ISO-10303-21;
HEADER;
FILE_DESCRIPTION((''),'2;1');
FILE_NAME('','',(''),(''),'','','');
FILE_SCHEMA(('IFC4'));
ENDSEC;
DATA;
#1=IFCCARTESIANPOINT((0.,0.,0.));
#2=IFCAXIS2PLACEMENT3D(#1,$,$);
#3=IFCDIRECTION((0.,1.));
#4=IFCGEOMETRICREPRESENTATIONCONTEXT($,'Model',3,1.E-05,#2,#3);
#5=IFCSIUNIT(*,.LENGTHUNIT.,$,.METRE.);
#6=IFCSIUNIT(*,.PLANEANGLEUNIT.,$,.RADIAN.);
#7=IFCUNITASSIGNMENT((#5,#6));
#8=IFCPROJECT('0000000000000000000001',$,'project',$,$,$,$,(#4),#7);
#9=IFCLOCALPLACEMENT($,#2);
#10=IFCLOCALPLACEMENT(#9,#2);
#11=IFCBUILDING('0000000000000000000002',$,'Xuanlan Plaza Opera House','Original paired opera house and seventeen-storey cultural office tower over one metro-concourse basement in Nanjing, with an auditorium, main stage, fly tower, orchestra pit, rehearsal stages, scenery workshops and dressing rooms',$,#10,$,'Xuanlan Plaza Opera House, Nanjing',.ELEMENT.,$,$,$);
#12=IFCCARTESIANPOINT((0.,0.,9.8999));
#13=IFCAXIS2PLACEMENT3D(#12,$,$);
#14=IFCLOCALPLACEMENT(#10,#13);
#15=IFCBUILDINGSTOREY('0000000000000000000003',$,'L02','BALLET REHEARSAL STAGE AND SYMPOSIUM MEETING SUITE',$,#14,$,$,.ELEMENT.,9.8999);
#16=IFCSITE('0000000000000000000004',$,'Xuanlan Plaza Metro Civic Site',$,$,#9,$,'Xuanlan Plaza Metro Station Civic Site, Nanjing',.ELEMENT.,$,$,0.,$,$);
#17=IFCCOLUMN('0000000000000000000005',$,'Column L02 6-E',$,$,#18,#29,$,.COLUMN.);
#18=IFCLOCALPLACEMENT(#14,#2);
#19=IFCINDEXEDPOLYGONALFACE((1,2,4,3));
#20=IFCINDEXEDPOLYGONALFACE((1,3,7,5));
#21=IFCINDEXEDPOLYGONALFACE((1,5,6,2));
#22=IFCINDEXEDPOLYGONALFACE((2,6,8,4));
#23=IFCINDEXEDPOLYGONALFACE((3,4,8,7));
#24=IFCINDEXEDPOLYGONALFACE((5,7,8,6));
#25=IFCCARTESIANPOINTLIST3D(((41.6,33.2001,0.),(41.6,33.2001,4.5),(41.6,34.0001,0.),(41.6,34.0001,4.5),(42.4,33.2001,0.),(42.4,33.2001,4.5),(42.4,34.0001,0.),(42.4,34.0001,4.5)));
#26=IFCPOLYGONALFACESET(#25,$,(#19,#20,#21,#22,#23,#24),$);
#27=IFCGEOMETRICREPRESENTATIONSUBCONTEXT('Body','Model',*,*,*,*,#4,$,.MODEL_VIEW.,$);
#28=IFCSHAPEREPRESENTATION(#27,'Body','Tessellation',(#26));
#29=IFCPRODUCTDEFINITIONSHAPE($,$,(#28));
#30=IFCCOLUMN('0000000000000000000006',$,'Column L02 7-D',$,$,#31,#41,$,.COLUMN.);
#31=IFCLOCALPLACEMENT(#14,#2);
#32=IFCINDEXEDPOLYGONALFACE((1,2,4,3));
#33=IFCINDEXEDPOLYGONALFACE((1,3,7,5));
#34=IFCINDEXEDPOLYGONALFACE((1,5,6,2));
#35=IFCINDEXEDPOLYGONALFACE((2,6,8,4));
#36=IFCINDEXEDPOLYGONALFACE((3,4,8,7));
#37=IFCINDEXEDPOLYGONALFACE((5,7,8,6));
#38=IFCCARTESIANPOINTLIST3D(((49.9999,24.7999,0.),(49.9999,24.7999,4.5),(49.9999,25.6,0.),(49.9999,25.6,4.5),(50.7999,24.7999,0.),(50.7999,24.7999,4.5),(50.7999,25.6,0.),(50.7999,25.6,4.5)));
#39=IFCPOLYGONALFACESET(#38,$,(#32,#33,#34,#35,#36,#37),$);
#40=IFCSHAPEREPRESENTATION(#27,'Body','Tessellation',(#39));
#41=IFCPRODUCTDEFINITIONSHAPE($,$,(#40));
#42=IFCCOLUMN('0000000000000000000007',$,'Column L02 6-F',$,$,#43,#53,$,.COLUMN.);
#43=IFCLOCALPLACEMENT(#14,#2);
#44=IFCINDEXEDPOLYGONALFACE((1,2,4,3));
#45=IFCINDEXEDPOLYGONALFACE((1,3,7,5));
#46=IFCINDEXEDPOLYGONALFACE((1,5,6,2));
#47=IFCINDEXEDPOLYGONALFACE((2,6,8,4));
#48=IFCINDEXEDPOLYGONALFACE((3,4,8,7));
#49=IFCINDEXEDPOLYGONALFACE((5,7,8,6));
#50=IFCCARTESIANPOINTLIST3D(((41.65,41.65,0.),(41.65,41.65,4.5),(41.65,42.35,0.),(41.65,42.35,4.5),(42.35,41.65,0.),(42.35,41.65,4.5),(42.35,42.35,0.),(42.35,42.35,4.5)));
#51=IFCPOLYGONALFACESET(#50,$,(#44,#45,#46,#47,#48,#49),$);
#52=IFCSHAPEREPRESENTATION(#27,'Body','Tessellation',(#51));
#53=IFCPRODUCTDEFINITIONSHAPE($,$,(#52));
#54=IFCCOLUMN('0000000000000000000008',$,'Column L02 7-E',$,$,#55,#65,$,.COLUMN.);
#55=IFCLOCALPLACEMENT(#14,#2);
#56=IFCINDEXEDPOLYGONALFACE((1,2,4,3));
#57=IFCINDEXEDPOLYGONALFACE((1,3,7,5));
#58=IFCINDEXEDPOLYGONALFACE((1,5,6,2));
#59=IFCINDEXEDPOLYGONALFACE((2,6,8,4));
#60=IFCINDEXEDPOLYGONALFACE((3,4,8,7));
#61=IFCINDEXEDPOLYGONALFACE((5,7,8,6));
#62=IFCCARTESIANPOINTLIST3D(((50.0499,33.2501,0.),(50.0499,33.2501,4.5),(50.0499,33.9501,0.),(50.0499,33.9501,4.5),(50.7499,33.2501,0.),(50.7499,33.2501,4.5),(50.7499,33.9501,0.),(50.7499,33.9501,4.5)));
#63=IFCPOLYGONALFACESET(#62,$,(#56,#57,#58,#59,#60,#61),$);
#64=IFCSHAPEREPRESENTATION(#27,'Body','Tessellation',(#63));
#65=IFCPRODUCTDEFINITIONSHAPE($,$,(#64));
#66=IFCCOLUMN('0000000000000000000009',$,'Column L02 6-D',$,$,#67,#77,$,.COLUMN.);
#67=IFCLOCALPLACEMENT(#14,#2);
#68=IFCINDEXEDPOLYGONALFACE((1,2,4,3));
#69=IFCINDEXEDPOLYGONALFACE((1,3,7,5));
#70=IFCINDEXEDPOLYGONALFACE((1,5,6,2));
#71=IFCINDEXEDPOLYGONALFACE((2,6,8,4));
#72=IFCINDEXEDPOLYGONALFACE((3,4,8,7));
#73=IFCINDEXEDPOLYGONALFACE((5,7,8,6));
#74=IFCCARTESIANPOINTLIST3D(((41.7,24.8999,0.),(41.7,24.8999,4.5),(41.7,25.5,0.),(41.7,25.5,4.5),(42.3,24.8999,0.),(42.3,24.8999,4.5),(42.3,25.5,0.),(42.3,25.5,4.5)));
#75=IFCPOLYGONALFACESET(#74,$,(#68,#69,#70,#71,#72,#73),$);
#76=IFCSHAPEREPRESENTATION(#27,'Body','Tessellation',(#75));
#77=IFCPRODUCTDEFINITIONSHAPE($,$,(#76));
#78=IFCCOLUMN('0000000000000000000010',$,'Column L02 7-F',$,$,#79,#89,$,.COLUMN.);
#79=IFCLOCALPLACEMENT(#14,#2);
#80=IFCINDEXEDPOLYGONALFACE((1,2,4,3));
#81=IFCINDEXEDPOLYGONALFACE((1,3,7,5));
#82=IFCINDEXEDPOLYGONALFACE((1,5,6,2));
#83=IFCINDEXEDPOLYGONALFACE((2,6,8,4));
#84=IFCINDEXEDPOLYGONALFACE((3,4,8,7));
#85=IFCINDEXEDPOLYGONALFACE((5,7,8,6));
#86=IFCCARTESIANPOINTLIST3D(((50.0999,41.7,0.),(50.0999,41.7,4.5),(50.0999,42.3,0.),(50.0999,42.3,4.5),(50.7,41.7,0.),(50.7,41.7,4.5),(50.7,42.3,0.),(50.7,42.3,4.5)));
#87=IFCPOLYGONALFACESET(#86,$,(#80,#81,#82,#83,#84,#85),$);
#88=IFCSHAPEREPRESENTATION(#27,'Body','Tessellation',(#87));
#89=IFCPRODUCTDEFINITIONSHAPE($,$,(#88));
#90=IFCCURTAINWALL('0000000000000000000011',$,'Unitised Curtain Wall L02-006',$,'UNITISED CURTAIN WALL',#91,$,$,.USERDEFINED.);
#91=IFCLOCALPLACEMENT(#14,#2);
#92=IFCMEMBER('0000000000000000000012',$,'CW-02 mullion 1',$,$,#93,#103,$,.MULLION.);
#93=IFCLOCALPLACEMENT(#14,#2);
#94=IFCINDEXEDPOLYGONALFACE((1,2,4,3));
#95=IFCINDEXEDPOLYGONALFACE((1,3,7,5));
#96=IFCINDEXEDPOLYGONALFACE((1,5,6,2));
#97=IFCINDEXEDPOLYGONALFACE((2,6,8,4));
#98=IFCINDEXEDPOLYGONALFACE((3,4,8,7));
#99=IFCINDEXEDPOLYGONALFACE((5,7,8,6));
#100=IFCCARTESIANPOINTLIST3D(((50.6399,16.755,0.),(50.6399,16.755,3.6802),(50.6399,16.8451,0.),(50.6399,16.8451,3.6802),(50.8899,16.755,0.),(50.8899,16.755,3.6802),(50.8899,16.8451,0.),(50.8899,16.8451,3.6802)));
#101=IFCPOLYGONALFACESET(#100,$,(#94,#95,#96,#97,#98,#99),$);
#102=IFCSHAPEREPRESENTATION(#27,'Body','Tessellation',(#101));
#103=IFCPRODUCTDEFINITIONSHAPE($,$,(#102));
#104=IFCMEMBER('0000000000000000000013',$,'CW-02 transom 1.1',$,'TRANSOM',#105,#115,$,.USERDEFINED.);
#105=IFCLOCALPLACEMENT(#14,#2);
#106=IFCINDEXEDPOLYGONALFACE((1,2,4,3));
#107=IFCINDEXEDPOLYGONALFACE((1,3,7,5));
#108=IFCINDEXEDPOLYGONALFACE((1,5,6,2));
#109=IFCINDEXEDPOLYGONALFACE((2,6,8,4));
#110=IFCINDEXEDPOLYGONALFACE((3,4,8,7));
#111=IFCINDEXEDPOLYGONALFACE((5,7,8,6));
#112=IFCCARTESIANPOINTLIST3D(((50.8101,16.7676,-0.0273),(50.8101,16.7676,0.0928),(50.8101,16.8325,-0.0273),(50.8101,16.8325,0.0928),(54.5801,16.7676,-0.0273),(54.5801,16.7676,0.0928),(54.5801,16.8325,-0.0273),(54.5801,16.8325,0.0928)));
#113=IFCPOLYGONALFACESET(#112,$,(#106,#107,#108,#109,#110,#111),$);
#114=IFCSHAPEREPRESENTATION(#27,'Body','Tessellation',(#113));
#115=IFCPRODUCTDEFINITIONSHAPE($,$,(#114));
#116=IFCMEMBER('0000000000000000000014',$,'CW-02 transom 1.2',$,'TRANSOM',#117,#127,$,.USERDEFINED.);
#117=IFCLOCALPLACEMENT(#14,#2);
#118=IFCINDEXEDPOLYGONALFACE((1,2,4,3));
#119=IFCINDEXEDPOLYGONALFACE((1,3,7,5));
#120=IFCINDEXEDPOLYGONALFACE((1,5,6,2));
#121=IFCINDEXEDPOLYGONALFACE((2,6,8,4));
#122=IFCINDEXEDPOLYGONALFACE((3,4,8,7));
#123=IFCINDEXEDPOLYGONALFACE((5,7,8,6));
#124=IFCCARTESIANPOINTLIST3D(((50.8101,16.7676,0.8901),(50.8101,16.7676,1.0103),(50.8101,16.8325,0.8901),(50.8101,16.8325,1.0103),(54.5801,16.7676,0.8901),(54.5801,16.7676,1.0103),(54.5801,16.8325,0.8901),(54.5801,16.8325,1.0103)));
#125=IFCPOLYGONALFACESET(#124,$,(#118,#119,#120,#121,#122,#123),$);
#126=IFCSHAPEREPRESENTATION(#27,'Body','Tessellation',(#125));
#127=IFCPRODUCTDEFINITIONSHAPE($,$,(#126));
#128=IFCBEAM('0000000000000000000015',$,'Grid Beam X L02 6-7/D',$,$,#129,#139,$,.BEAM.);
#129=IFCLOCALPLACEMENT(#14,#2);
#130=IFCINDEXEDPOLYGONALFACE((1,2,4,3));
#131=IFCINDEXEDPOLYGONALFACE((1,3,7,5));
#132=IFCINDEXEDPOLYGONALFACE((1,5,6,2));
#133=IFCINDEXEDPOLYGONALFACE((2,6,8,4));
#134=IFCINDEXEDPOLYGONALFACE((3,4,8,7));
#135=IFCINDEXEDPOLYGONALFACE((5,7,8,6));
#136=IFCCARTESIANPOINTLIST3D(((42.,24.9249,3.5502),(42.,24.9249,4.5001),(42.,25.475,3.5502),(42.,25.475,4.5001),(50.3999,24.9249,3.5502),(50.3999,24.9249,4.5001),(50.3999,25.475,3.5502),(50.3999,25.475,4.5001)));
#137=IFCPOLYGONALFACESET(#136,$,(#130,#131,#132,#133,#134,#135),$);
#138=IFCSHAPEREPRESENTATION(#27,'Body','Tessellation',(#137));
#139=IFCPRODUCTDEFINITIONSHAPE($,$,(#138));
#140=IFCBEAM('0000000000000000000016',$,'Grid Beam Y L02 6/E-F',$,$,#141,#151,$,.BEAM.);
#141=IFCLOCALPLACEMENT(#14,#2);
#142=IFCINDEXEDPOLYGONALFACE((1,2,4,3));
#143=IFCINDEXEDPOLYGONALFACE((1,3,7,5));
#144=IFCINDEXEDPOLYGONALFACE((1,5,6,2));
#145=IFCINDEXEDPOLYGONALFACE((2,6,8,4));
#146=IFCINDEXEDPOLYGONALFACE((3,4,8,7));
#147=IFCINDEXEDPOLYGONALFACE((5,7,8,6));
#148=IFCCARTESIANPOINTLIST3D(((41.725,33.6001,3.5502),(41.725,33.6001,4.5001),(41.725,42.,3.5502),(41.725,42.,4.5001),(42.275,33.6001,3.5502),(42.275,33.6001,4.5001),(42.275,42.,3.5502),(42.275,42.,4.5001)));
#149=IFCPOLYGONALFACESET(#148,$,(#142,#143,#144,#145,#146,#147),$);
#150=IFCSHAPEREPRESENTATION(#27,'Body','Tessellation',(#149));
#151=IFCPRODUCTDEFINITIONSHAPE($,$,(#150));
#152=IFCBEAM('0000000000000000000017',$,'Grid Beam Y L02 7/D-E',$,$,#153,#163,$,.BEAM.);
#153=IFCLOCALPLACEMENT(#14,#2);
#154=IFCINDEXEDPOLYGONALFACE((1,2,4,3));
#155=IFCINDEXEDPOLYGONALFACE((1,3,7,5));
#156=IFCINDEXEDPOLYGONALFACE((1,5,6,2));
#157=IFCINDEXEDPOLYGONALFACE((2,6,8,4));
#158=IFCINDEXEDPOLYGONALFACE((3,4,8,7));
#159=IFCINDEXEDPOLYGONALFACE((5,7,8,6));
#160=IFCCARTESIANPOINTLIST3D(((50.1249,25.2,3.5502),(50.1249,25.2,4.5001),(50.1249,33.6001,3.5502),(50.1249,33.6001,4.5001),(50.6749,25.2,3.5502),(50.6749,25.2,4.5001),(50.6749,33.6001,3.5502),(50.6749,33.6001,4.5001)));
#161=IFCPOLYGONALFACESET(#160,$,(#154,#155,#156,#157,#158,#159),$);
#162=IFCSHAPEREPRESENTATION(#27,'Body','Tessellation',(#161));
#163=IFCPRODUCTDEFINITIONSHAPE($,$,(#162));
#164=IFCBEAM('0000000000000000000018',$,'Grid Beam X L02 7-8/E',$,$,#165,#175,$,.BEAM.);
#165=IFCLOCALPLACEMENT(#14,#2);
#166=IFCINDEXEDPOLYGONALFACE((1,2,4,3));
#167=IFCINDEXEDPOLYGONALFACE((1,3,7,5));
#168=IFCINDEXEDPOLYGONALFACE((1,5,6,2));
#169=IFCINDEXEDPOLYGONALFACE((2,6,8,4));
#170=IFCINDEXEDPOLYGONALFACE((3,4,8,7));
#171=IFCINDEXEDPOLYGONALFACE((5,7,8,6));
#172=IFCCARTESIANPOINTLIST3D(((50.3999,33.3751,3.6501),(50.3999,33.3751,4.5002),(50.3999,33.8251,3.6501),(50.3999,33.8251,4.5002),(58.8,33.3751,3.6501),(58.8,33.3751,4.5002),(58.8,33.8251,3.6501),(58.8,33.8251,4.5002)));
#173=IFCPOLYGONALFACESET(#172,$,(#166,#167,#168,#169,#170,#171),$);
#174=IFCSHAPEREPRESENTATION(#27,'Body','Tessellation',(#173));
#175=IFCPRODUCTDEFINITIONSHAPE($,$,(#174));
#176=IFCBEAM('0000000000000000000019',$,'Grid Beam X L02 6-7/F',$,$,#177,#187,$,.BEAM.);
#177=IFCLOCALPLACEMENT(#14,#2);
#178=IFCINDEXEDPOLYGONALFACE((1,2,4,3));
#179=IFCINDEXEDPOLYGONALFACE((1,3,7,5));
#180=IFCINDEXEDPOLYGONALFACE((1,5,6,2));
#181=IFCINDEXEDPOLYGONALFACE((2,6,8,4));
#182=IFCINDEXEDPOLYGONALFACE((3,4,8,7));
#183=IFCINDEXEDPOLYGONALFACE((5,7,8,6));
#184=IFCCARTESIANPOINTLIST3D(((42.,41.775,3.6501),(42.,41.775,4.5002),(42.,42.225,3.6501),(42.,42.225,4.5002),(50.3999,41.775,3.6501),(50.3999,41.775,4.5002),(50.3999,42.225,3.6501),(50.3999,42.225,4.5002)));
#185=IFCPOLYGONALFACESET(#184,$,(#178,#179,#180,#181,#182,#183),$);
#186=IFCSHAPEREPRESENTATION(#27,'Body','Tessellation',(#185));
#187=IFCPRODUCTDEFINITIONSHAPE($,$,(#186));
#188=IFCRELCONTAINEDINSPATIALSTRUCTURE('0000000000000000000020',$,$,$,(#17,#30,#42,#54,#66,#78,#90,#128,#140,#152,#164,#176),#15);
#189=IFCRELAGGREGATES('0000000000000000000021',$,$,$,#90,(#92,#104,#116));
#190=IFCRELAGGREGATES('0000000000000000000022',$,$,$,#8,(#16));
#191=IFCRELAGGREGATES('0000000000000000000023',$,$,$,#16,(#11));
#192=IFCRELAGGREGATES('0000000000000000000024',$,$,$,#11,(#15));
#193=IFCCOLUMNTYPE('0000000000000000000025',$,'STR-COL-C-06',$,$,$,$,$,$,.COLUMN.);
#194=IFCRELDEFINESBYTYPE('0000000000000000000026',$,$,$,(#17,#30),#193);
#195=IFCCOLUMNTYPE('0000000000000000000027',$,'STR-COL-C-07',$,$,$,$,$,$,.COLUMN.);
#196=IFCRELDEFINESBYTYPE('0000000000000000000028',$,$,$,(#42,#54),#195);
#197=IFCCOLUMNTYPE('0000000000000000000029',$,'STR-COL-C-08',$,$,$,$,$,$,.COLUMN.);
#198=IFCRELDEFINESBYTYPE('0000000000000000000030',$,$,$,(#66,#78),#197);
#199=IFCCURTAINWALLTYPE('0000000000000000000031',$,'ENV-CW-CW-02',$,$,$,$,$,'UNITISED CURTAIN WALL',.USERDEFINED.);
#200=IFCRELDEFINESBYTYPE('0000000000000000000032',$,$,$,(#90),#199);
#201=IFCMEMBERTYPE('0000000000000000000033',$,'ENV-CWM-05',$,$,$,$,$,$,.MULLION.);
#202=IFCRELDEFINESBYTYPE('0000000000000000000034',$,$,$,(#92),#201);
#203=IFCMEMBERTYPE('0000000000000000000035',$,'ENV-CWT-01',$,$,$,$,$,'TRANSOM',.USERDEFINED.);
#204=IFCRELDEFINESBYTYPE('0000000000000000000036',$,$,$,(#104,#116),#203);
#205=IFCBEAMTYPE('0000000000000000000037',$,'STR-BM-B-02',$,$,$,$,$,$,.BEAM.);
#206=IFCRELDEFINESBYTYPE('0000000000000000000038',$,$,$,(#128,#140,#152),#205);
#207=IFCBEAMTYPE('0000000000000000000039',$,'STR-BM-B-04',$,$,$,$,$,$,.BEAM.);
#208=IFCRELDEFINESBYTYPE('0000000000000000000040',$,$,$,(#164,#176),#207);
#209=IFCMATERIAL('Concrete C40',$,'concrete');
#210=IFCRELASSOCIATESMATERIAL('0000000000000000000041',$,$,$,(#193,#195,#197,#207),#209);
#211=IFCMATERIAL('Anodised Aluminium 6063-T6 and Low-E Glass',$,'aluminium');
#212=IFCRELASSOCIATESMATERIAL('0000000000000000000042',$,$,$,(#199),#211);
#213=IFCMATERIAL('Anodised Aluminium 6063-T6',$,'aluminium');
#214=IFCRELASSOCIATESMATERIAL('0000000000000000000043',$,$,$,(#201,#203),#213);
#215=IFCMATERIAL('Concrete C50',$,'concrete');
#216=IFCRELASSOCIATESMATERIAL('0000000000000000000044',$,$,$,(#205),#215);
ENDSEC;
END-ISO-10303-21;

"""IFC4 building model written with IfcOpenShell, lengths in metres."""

from ifc_helpers import new_model, si_unit, direction, frame, origin, origin_2d, place, context, subcontext, project, spatial, rectangle, extrude, material, material_profile, profile_set, type_object, element, aggregate, save


model = new_model("IFC4")

# Units and contexts
model_context = context("Model", 3, precision=1e-05, world=origin(), true_north=direction((0.0, 1.0)))
body_context = subcontext(model_context, "Body", "Model", "MODEL_VIEW")
ifc_project = project(units=[si_unit("LENGTHUNIT", "METRE"), si_unit("PLANEANGLEUNIT", "RADIAN")], contexts=[model_context])

# Site, building, storey
site_placement = place(None, origin())
site = spatial("IfcSite", under=ifc_project, at=site_placement, Name="Xuanlan Plaza Metro Civic Site", LongName="Xuanlan Plaza Metro Station Civic Site, Nanjing", CompositionType="ELEMENT", RefElevation=0.0)
building_placement = place(site_placement, origin())
building = spatial("IfcBuilding", under=site, at=building_placement, Name="Xuanlan Plaza Opera House", Description="Original paired opera house and seventeen-storey cultural office tower over one metro-concourse basement in Nanjing, with an auditorium, main stage, fly tower, orchestra pit, rehearsal stages, scenery workshops and dressing rooms", LongName="Xuanlan Plaza Opera House, Nanjing", CompositionType="ELEMENT")
storey_placement = place(building_placement, frame((0.0, 0.0, 9.8999)))
storey = spatial("IfcBuildingStorey", under=building, at=storey_placement, Name="L02", Description="BALLET REHEARSAL STAGE AND SYMPOSIUM MEETING SUITE", CompositionType="ELEMENT", Elevation=9.8999)

# Columns
ifc_material_1 = material(Name="Concrete C40", Category="concrete")
ifc_material_profile_1 = material_profile(ifc_material_1, rectangle(XDim=0.8, YDim=0.8, at=origin_2d()), Name="RC-COL 800x800")
ifc_profile_set_1 = profile_set([ifc_material_profile_1], Name="Concrete C40")
column_type_1 = type_object("IfcColumnType", Name="STR-COL-C-06", PredefinedType="COLUMN", material=ifc_profile_set_1)
for number, where, z_axis, x_axis, name in (
    (1, (42.0, 33.6001, 0.0), (0.0, 0.0, 1.0), (1.0, 0.0, 0.0), "Column L02 6-E"),
    (2, (50.3999, 25.2, 0.0), (0.0, 0.0, 1.0), (1.0, 0.0, 0.0), "Column L02 7-D"),
):
    element("IfcColumn", number, at=place(storey_placement, frame(where, z_axis=z_axis, x_axis=x_axis)), inside=storey, type_object=column_type_1, Name=name, PredefinedType="COLUMN", context=body_context, shape_type="SweptSolid", body=[
        extrude(rectangle(XDim=0.8, YDim=0.8, at=origin_2d()), origin(), (0.0, 0.0, 1.0), 4.5),
    ])
ifc_material_profile_2 = material_profile(ifc_material_1, rectangle(XDim=0.7, YDim=0.7, at=origin_2d()), Name="RC-COL 700x700")
ifc_profile_set_2 = profile_set([ifc_material_profile_2], Name="Concrete C40")
column_type_2 = type_object("IfcColumnType", Name="STR-COL-C-07", PredefinedType="COLUMN", material=ifc_profile_set_2)
for number, where, z_axis, x_axis, name in (
    (3, (42.0, 42.0, 0.0), (0.0, 0.0, 1.0), (1.0, 0.0, 0.0), "Column L02 6-F"),
    (4, (50.3999, 33.6001, 0.0), (0.0, 0.0, 1.0), (1.0, 0.0, 0.0), "Column L02 7-E"),
):
    element("IfcColumn", number, at=place(storey_placement, frame(where, z_axis=z_axis, x_axis=x_axis)), inside=storey, type_object=column_type_2, Name=name, PredefinedType="COLUMN", context=body_context, shape_type="SweptSolid", body=[
        extrude(rectangle(XDim=0.7, YDim=0.7, at=origin_2d()), origin(), (0.0, 0.0, 1.0), 4.5),
    ])
ifc_material_profile_3 = material_profile(ifc_material_1, rectangle(XDim=0.6001, YDim=0.6001, at=origin_2d()), Name="RC-COL 600x600")
ifc_profile_set_3 = profile_set([ifc_material_profile_3], Name="Concrete C40")
column_type_3 = type_object("IfcColumnType", Name="STR-COL-C-08", PredefinedType="COLUMN", material=ifc_profile_set_3)
for number, where, z_axis, x_axis, name in (
    (5, (42.0, 25.2, 0.0), (0.0, 0.0, 1.0), (1.0, 0.0, 0.0), "Column L02 6-D"),
    (6, (50.3999, 42.0, 0.0), (0.0, 0.0, 1.0), (1.0, 0.0, 0.0), "Column L02 7-F"),
):
    element("IfcColumn", number, at=place(storey_placement, frame(where, z_axis=z_axis, x_axis=x_axis)), inside=storey, type_object=column_type_3, Name=name, PredefinedType="COLUMN", context=body_context, shape_type="SweptSolid", body=[
        extrude(rectangle(XDim=0.6001, YDim=0.6001, at=origin_2d()), origin(), (0.0, 0.0, 1.0), 4.5),
    ])

# Curtain wall, members
ifc_material_2 = material(Name="Anodised Aluminium 6063-T6 and Low-E Glass", Category="aluminium")
curtain_wall_type = type_object("IfcCurtainWallType", Name="ENV-CW-CW-02", ElementType="UNITISED CURTAIN WALL", PredefinedType="USERDEFINED", material=ifc_material_2)
curtain_wall_placement = place(storey_placement, origin())
curtain_wall = element("IfcCurtainWall", 7, at=curtain_wall_placement, inside=storey, type_object=curtain_wall_type, Name="Unitised Curtain Wall L02-006", ObjectType="UNITISED CURTAIN WALL", PredefinedType="USERDEFINED")
ifc_material_3 = material(Name="Anodised Aluminium 6063-T6", Category="aluminium")
ifc_material_profile_4 = material_profile(ifc_material_3, rectangle(XDim=0.0901, YDim=0.25, at=origin_2d()), Name="ALU-M 90x250")
ifc_profile_set_4 = profile_set([ifc_material_profile_4], Name="Anodised Aluminium 6063-T6")
member_type_1 = type_object("IfcMemberType", Name="ENV-CWM-05", PredefinedType="MULLION", material=ifc_profile_set_4)
member_1_placement = place(storey_placement, frame((50.7649, 16.8, 0.0), z_axis=(0.0, 0.0, 1.0), x_axis=(0.0, 1.0, 0.0)))
member_1 = element("IfcMember", 8, at=member_1_placement, type_object=member_type_1, Name="CW-02 mullion 1", PredefinedType="MULLION", context=body_context, shape_type="SweptSolid", body=[
    extrude(rectangle(XDim=0.0901, YDim=0.25, at=origin_2d()), origin(), (0.0, 0.0, 1.0), 3.6802),
])
ifc_material_profile_5 = material_profile(ifc_material_3, rectangle(XDim=0.0649, YDim=0.1201, at=origin_2d()), Name="ALU-T 65x120")
ifc_profile_set_5 = profile_set([ifc_material_profile_5], Name="Anodised Aluminium 6063-T6")
member_type_2 = type_object("IfcMemberType", Name="ENV-CWT-01", ElementType="TRANSOM", PredefinedType="USERDEFINED", material=ifc_profile_set_5)
member_2_placement = place(storey_placement, frame((50.8101, 16.8, 0.0327), z_axis=(1.0, 0.0, 0.0), x_axis=(0.0, 1.0, 0.0)))
member_2 = element("IfcMember", 9, at=member_2_placement, type_object=member_type_2, Name="CW-02 transom 1.1", ObjectType="TRANSOM", PredefinedType="USERDEFINED", context=body_context, shape_type="SweptSolid", body=[
    extrude(rectangle(XDim=0.0649, YDim=0.1201, at=origin_2d()), origin(), (0.0, 0.0, 1.0), 3.77),
])
member_3_placement = place(storey_placement, frame((50.8101, 16.8, 0.9502), z_axis=(1.0, 0.0, 0.0), x_axis=(0.0, 1.0, 0.0)))
member_3 = element("IfcMember", 10, at=member_3_placement, type_object=member_type_2, Name="CW-02 transom 1.2", ObjectType="TRANSOM", PredefinedType="USERDEFINED", context=body_context, shape_type="SweptSolid", body=[
    extrude(rectangle(XDim=0.0649, YDim=0.1201, at=origin_2d()), origin(), (0.0, 0.0, 1.0), 3.77),
])
aggregate(curtain_wall, [member_1, member_2, member_3])

# Beams
ifc_material_4 = material(Name="Concrete C50", Category="concrete")
ifc_material_profile_6 = material_profile(ifc_material_4, rectangle(XDim=0.55, YDim=0.95, at=origin_2d()), Name="RC-BM 550x950")
ifc_profile_set_6 = profile_set([ifc_material_profile_6], Name="Concrete C50")
beam_type_1 = type_object("IfcBeamType", Name="STR-BM-B-02", PredefinedType="BEAM", material=ifc_profile_set_6)
for number, where, z_axis, x_axis, name in (
    (11, (42.0, 25.2, 4.0251), (1.0, 0.0, 0.0), (0.0, 1.0, 0.0), "Grid Beam X L02 6-7/D"),
    (12, (42.0, 33.6001, 4.0251), (0.0, 1.0, 0.0), (-1.0, 0.0, 0.0), "Grid Beam Y L02 6/E-F"),
):
    element("IfcBeam", number, at=place(storey_placement, frame(where, z_axis=z_axis, x_axis=x_axis)), inside=storey, type_object=beam_type_1, Name=name, PredefinedType="BEAM", context=body_context, shape_type="SweptSolid", body=[
        extrude(rectangle(XDim=0.55, YDim=0.95, at=origin_2d()), origin(), (0.0, 0.0, 1.0), 8.3999),
    ])
beam_1_placement = place(storey_placement, frame((50.3999, 25.2, 4.0251), z_axis=(0.0, 1.0, 0.0), x_axis=(-1.0, 0.0, 0.0)))
element("IfcBeam", 13, at=beam_1_placement, inside=storey, type_object=beam_type_1, Name="Grid Beam Y L02 7/D-E", PredefinedType="BEAM", context=body_context, shape_type="SweptSolid", body=[
    extrude(rectangle(XDim=0.55, YDim=0.95, at=origin_2d()), origin(), (0.0, 0.0, 1.0), 8.4001),
])
ifc_material_profile_7 = material_profile(ifc_material_1, rectangle(XDim=0.45, YDim=0.8501, at=origin_2d()), Name="RC-BM 450x850")
ifc_profile_set_7 = profile_set([ifc_material_profile_7], Name="Concrete C40")
beam_type_2 = type_object("IfcBeamType", Name="STR-BM-B-04", PredefinedType="BEAM", material=ifc_profile_set_7)
beam_2_placement = place(storey_placement, frame((50.3999, 33.6001, 4.0752), z_axis=(1.0, 0.0, 0.0), x_axis=(0.0, 1.0, 0.0)))
element("IfcBeam", 14, at=beam_2_placement, inside=storey, type_object=beam_type_2, Name="Grid Beam X L02 7-8/E", PredefinedType="BEAM", context=body_context, shape_type="SweptSolid", body=[
    extrude(rectangle(XDim=0.45, YDim=0.8501, at=origin_2d()), origin(), (0.0, 0.0, 1.0), 8.4001),
])
for number, where, z_axis, x_axis, name in (
    (15, (42.0, 42.0, 4.0752), (1.0, 0.0, 0.0), (0.0, 1.0, 0.0), "Grid Beam X L02 6-7/F"),
):
    element("IfcBeam", number, at=place(storey_placement, frame(where, z_axis=z_axis, x_axis=x_axis)), inside=storey, type_object=beam_type_2, Name=name, PredefinedType="BEAM", context=body_context, shape_type="SweptSolid", body=[
        extrude(rectangle(XDim=0.45, YDim=0.8501, at=origin_2d()), origin(), (0.0, 0.0, 1.0), 8.3999),
    ])

save(model, "model.ifc")
